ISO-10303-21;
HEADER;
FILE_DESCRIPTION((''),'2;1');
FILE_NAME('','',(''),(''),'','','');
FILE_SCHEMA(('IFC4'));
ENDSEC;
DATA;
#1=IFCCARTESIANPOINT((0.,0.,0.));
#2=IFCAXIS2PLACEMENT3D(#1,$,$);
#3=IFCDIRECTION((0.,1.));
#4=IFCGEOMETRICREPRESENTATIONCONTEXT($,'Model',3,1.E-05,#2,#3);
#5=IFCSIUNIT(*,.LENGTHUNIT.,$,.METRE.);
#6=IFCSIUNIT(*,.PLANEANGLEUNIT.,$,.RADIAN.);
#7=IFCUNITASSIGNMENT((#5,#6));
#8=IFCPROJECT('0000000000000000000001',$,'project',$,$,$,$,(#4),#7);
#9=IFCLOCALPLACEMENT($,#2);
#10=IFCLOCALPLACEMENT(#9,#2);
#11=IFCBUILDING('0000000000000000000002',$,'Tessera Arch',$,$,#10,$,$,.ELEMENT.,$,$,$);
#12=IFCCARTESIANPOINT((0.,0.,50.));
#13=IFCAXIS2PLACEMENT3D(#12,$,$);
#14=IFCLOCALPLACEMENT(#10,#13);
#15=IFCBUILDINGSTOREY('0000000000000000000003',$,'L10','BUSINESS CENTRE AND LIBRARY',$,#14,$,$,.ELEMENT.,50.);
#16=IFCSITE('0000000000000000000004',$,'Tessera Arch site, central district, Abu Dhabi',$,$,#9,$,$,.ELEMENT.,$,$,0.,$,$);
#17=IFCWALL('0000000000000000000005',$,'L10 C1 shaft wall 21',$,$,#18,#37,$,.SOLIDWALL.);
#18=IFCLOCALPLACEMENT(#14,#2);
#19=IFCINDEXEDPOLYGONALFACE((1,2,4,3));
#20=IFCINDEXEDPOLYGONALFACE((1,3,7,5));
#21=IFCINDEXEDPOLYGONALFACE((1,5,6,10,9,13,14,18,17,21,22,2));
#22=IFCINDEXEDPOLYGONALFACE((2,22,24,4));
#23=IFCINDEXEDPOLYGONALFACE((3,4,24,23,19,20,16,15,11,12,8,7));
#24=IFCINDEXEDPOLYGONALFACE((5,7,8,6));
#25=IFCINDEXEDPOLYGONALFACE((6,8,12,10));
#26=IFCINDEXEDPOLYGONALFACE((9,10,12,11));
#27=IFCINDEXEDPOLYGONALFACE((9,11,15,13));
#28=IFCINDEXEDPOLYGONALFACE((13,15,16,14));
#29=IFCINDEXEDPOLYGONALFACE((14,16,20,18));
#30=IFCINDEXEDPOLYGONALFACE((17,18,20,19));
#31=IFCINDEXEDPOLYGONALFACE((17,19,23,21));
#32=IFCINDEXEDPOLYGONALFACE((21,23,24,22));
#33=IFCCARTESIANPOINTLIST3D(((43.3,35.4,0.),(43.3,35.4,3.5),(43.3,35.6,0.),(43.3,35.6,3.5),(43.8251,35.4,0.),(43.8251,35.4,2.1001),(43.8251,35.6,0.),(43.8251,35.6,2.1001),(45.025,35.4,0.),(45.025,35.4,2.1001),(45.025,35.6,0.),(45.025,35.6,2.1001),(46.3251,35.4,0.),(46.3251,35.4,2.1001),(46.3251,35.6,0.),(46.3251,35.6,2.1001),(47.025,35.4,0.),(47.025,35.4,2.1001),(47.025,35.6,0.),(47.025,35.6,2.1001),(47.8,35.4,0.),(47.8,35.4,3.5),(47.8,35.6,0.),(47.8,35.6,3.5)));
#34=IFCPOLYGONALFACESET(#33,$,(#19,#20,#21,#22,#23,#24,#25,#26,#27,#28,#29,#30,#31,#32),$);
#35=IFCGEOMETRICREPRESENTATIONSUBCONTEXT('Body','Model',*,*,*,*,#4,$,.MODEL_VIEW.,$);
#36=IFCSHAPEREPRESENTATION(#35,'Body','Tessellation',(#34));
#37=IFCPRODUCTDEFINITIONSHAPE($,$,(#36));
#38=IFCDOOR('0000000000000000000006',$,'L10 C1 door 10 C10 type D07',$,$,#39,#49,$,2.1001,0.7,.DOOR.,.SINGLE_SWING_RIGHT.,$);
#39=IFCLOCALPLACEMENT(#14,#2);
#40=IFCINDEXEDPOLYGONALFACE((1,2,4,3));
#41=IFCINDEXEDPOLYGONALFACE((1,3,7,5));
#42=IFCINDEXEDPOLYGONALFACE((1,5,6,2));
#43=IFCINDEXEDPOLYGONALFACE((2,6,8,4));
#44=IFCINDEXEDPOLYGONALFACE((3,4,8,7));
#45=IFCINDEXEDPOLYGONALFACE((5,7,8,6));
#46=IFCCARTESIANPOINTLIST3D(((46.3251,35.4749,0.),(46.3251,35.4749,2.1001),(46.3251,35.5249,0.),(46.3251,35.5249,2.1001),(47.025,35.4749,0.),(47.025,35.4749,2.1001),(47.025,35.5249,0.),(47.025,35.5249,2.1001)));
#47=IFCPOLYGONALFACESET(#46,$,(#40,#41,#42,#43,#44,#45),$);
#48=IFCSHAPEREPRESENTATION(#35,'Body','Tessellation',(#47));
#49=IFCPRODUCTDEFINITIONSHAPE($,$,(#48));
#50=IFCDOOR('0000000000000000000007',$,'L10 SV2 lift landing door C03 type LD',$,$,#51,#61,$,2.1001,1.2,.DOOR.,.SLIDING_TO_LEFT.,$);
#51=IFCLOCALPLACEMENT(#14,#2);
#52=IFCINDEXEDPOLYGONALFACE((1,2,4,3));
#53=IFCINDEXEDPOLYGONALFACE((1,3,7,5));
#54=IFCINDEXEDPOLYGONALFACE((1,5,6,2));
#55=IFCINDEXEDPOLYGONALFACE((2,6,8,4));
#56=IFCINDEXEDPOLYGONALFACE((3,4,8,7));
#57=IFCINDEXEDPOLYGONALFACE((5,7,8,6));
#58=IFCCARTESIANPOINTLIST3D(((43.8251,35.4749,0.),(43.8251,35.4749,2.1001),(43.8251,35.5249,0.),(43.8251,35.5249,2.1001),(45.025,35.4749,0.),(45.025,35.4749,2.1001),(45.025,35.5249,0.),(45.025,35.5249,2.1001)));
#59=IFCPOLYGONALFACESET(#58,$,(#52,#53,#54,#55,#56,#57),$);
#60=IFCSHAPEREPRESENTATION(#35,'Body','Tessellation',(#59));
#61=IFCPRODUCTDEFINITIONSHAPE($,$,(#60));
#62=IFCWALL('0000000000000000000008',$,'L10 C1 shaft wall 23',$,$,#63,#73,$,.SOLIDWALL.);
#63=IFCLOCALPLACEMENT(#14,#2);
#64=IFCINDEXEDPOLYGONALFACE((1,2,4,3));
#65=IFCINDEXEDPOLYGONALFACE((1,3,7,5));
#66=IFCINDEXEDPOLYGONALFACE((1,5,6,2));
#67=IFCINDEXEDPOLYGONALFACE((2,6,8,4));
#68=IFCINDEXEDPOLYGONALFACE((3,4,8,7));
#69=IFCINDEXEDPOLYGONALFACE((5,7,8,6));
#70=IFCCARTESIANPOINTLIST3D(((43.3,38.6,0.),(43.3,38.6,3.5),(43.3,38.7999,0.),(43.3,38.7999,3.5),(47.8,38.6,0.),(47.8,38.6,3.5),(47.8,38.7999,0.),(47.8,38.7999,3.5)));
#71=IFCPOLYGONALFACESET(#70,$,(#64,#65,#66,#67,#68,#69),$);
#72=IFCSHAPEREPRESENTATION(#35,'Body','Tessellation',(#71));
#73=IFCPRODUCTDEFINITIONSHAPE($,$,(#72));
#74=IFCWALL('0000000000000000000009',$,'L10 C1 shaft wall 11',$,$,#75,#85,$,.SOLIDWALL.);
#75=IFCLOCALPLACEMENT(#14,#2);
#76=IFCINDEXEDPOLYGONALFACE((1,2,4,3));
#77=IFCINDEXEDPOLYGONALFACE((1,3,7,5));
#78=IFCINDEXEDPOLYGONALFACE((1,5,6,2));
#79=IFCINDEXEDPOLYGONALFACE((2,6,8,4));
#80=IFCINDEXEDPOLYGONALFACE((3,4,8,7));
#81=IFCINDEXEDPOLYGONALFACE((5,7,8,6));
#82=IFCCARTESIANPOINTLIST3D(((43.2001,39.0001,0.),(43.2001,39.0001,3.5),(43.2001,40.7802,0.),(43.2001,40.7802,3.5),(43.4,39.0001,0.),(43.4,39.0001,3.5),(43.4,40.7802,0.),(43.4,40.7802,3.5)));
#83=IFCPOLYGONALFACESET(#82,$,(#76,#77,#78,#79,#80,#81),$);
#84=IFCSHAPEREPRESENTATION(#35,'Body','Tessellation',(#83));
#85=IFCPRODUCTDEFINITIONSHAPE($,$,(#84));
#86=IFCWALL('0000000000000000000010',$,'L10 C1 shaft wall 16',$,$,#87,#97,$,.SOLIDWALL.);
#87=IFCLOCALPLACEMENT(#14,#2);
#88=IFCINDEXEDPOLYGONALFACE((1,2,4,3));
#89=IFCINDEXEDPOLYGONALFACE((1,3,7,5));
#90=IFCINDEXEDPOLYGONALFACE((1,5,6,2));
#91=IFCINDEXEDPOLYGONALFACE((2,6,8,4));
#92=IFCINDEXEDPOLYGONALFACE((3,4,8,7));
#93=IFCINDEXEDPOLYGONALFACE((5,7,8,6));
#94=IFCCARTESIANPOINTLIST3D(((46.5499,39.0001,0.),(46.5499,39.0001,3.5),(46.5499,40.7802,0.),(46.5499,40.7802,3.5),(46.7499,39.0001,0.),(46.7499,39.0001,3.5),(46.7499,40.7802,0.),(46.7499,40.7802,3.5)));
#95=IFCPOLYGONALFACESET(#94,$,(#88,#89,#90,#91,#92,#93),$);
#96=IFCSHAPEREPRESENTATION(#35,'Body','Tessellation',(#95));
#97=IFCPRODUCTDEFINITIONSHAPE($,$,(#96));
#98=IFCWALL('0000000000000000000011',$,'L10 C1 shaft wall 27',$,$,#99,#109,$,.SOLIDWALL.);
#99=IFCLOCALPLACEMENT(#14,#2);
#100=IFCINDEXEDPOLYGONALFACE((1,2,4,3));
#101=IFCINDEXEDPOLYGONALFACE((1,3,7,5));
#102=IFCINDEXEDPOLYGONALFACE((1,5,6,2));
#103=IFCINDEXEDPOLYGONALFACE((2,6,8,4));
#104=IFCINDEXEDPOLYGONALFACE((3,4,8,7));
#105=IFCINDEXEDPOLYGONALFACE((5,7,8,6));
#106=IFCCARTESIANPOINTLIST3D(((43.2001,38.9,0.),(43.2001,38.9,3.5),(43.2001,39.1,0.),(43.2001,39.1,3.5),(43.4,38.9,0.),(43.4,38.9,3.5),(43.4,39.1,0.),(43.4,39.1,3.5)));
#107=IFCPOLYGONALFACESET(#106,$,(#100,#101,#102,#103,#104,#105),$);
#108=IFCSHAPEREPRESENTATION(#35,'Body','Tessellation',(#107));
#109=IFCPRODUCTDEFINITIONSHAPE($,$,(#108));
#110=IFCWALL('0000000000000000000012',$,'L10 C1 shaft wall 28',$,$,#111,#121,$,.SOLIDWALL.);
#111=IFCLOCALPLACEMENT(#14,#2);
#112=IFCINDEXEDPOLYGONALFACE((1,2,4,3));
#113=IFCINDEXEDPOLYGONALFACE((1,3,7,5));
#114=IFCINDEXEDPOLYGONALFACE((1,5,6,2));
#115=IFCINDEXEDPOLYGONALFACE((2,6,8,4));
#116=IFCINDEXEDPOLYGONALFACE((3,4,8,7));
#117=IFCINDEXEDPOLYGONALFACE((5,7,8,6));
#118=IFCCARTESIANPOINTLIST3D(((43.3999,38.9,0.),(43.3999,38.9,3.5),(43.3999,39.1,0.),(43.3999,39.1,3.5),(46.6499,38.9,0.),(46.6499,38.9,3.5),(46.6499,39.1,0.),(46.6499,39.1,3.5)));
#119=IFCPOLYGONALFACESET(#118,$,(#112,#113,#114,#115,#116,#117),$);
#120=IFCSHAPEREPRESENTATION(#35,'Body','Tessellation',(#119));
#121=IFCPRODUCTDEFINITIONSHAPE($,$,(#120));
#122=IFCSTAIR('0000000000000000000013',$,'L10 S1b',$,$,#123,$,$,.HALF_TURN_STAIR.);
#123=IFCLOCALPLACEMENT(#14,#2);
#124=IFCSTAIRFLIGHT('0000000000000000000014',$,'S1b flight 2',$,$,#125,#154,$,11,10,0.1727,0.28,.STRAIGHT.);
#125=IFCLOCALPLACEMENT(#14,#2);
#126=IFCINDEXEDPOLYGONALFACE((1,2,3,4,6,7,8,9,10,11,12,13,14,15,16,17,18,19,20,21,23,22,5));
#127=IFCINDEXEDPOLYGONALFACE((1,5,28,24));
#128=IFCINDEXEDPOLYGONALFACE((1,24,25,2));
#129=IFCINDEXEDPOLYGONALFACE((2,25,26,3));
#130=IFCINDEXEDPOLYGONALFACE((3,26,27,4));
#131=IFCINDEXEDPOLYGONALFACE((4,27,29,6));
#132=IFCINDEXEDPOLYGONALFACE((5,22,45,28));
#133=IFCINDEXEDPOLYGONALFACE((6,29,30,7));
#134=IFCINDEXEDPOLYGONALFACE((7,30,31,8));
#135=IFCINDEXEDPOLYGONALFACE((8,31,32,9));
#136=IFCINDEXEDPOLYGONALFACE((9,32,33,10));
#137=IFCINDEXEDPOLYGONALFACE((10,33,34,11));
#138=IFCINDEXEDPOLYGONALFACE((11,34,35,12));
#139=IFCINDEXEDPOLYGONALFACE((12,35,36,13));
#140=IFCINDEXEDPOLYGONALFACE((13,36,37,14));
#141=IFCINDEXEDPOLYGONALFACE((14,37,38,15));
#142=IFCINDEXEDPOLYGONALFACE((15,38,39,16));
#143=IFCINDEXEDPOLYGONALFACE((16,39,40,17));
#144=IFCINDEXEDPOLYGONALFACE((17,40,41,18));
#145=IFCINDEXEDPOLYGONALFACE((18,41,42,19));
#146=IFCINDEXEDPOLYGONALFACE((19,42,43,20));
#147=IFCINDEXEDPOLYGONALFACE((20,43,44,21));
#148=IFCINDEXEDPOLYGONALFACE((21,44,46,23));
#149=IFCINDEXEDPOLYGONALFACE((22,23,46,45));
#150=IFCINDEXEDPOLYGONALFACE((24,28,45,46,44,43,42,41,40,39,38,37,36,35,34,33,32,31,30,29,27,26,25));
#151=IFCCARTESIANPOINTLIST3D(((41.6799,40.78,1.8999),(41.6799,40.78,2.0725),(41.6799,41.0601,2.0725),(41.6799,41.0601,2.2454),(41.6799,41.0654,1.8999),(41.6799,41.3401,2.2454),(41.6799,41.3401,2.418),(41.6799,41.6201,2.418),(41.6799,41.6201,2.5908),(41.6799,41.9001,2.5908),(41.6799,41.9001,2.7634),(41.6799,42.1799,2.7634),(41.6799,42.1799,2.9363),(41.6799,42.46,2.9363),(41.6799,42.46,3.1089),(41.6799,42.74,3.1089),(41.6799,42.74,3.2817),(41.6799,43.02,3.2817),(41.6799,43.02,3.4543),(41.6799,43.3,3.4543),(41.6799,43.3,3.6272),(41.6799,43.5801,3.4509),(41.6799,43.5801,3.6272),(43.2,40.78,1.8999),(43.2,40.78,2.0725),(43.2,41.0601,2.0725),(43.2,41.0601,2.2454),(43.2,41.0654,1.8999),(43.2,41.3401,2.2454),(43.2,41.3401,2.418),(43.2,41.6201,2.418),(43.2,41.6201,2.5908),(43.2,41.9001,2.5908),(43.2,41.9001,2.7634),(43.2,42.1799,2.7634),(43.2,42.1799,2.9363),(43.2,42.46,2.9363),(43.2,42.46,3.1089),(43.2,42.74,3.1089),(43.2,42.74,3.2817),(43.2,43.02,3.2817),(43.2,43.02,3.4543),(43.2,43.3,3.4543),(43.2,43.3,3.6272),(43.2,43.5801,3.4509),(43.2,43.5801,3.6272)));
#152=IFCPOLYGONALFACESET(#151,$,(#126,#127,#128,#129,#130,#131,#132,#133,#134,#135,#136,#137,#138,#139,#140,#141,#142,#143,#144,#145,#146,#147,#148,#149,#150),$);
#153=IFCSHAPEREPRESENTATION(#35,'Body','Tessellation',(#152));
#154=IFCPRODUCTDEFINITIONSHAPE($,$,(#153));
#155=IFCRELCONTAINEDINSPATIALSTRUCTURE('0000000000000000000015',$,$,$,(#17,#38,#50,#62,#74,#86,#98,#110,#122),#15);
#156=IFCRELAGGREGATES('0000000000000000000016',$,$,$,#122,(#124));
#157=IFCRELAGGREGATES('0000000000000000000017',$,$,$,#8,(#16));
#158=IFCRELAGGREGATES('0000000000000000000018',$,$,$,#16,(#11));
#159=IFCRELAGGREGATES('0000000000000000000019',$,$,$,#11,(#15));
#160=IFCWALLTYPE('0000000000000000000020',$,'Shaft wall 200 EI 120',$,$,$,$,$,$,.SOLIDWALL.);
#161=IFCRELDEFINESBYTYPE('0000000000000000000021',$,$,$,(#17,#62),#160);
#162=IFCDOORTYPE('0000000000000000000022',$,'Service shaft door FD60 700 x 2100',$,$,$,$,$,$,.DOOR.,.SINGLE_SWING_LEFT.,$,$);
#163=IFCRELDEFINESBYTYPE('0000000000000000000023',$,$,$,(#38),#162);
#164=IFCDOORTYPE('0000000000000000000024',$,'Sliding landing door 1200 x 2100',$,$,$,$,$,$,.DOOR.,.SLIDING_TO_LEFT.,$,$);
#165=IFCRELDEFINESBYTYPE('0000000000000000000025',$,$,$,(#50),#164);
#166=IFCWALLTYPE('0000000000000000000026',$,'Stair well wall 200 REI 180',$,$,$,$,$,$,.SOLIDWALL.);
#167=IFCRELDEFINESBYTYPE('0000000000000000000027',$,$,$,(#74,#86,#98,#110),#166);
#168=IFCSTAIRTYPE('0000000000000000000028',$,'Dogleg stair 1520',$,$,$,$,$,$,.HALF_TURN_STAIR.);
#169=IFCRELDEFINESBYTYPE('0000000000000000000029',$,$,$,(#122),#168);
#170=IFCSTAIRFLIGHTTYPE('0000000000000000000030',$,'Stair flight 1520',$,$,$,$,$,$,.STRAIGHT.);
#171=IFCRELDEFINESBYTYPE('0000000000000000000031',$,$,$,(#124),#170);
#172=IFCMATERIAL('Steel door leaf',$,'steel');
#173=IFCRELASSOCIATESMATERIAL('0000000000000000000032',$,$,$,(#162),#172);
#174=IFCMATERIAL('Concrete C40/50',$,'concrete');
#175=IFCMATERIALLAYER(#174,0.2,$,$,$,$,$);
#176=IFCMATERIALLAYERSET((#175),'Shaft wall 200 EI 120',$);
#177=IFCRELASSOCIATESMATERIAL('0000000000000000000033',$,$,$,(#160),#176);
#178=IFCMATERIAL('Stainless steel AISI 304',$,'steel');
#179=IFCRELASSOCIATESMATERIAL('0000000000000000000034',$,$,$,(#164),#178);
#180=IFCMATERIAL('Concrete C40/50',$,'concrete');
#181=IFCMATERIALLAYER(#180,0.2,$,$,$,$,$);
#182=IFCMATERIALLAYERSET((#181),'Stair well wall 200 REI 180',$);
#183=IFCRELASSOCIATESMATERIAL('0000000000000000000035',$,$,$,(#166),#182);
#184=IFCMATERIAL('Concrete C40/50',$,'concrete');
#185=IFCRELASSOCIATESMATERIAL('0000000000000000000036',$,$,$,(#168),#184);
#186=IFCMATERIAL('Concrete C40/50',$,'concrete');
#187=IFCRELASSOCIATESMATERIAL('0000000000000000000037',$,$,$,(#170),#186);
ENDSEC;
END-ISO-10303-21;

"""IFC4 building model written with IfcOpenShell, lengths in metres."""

from ifc_helpers import new_model, si_unit, direction, frame, frame_2d, origin, place, context, subcontext, project, spatial, polyline, rectangle, outline, extrude, material, layer, layer_set, type_object, element, fill, aggregate, save


model = new_model("IFC4")

# Units and contexts
model_context = context("Model", 3, precision=1e-05, world=origin(), true_north=direction((0.0, 1.0)))
body_context = subcontext(model_context, "Body", "Model", "MODEL_VIEW")
ifc_project = project(units=[si_unit("LENGTHUNIT", "METRE"), si_unit("PLANEANGLEUNIT", "RADIAN")], contexts=[model_context])

# Site, building, storey
site_placement = place(None, origin())
site = spatial("IfcSite", under=ifc_project, at=site_placement, Name="Tessera Arch site, central district, Abu Dhabi", CompositionType="ELEMENT", RefElevation=0.0)
building_placement = place(site_placement, origin())
building = spatial("IfcBuilding", under=site, at=building_placement, Name="Tessera Arch", CompositionType="ELEMENT")
storey_placement = place(building_placement, frame((0.0, 0.0, 50.0)))
storey = spatial("IfcBuildingStorey", under=building, at=storey_placement, Name="L10", Description="BUSINESS CENTRE AND LIBRARY", CompositionType="ELEMENT", Elevation=50.0)

# Shared definitions
ifc_material_1 = material(Name="Steel door leaf", Category="steel")
door_type_1 = type_object("IfcDoorType", Name="Service shaft door FD60 700 x 2100", OperationType="SINGLE_SWING_LEFT", PredefinedType="DOOR", material=ifc_material_1)

# Shared definitions
ifc_material_2 = material(Name="Concrete C40/50", Category="concrete")
ifc_layer_1 = layer(ifc_material_2, 0.2)
ifc_layer_set_1 = layer_set([ifc_layer_1], Name="Shaft wall 200 EI 120")
wall_type_1 = type_object("IfcWallType", Name="Shaft wall 200 EI 120", PredefinedType="SOLIDWALL", material=ifc_layer_set_1)

# Wall, openings, doors
wall_1_placement = place(storey_placement, frame((43.3, 35.5, 0.0), z_axis=(0.0, 0.0, 1.0), x_axis=(1.0, 0.0, 0.0)))
wall_1 = element("IfcWall", 1, at=wall_1_placement, inside=storey, type_object=wall_type_1, Name="L10 C1 shaft wall 21", PredefinedType="SOLIDWALL", context=body_context, shape_type="SweptSolid", body=[
    extrude(rectangle(XDim=4.5, YDim=0.2, at=frame_2d((2.25, 0.0))), origin(), (0.0, 0.0, 1.0), 3.5),
])
opening_1_placement = place(wall_1_placement, frame((0.5249, 0.0, 0.0)))
opening_1 = element("IfcOpeningElement", 2, at=opening_1_placement, cuts=wall_1, PredefinedType="OPENING", context=body_context, shape_type="SweptSolid", body=[
    extrude(rectangle(XDim=1.2, YDim=2.1001, at=frame_2d((0.6001, 1.05))), frame((0.0, 0.1099, 0.0), z_axis=(0.0, -1.0, 0.0), x_axis=(1.0, 0.0, 0.0)), (0.0, 0.0, 1.0), 0.22),
])
opening_2_placement = place(wall_1_placement, frame((3.0249, 0.0, 0.0)))
opening_2 = element("IfcOpeningElement", 3, at=opening_2_placement, cuts=wall_1, PredefinedType="OPENING", context=body_context, shape_type="SweptSolid", body=[
    extrude(rectangle(XDim=0.7, YDim=2.1001, at=frame_2d((0.3501, 1.05))), frame((0.0, 0.1099, 0.0), z_axis=(0.0, -1.0, 0.0), x_axis=(1.0, 0.0, 0.0)), (0.0, 0.0, 1.0), 0.22),
])
door_1_placement = place(opening_2_placement, origin())
door_1 = element("IfcDoor", 4, at=door_1_placement, inside=storey, type_object=door_type_1, Name="L10 C1 door 10 C10 type D07", OperationType="SINGLE_SWING_RIGHT", OverallHeight=2.1001, OverallWidth=0.7, PredefinedType="DOOR", context=body_context, shape_type="SweptSolid", body=[
    extrude(rectangle(XDim=0.7, YDim=2.1001, at=frame_2d((0.3501, 1.05))), frame((0.0, 0.0249, 0.0), z_axis=(0.0, -1.0, 0.0), x_axis=(1.0, 0.0, 0.0)), (0.0, 0.0, 1.0), 0.05),
])
fill(opening_2, door_1)
ifc_material_3 = material(Name="Stainless steel AISI 304", Category="steel")
door_type_2 = type_object("IfcDoorType", Name="Sliding landing door 1200 x 2100", OperationType="SLIDING_TO_LEFT", PredefinedType="DOOR", material=ifc_material_3)
door_2_placement = place(opening_1_placement, origin())
door_2 = element("IfcDoor", 5, at=door_2_placement, inside=storey, type_object=door_type_2, Name="L10 SV2 lift landing door C03 type LD", OperationType="SLIDING_TO_LEFT", OverallHeight=2.1001, OverallWidth=1.2, PredefinedType="DOOR", context=body_context, shape_type="SweptSolid", body=[
    extrude(rectangle(XDim=1.2, YDim=2.1001, at=frame_2d((0.6001, 1.05))), frame((0.0, 0.0249, 0.0), z_axis=(0.0, -1.0, 0.0), x_axis=(1.0, 0.0, 0.0)), (0.0, 0.0, 1.0), 0.05),
])
fill(opening_1, door_2)

# Walls
wall_2_placement = place(storey_placement, frame((43.3, 38.7, 0.0), z_axis=(0.0, 0.0, 1.0), x_axis=(1.0, 0.0, 0.0)))
element("IfcWall", 6, at=wall_2_placement, inside=storey, type_object=wall_type_1, Name="L10 C1 shaft wall 23", PredefinedType="SOLIDWALL", context=body_context, shape_type="SweptSolid", body=[
    extrude(rectangle(XDim=4.5, YDim=0.2, at=frame_2d((2.25, 0.0))), origin(), (0.0, 0.0, 1.0), 3.5),
])
ifc_material_4 = material(Name="Concrete C40/50", Category="concrete")
ifc_layer_2 = layer(ifc_material_4, 0.2)
ifc_layer_set_2 = layer_set([ifc_layer_2], Name="Stair well wall 200 REI 180")
wall_type_2 = type_object("IfcWallType", Name="Stair well wall 200 REI 180", PredefinedType="SOLIDWALL", material=ifc_layer_set_2)
for number, where, z_axis, x_axis, name in (
    (7, (43.3, 39.0, 0.0), (0.0, 0.0, 1.0), (0.0, 1.0, 0.0), "L10 C1 shaft wall 11"),
    (8, (46.6499, 39.0, 0.0), (0.0, 0.0, 1.0), (0.0, 1.0, 0.0), "L10 C1 shaft wall 16"),
):
    element("IfcWall", number, at=place(storey_placement, frame(where, z_axis=z_axis, x_axis=x_axis)), inside=storey, type_object=wall_type_2, Name=name, PredefinedType="SOLIDWALL", context=body_context, shape_type="SweptSolid", body=[
        extrude(rectangle(XDim=1.78, YDim=0.2, at=frame_2d((0.8901, 0.0))), origin(), (0.0, 0.0, 1.0), 3.5),
    ])
wall_3_placement = place(storey_placement, frame((43.2, 39.0, 0.0), z_axis=(0.0, 0.0, 1.0), x_axis=(1.0, 0.0, 0.0)))
element("IfcWall", 9, at=wall_3_placement, inside=storey, type_object=wall_type_2, Name="L10 C1 shaft wall 27", PredefinedType="SOLIDWALL", context=body_context, shape_type="SweptSolid", body=[
    extrude(rectangle(XDim=0.2, YDim=0.2, at=frame_2d((0.1001, 0.0))), origin(), (0.0, 0.0, 1.0), 3.5),
])
wall_4_placement = place(storey_placement, frame((43.3999, 39.0, 0.0), z_axis=(0.0, 0.0, 1.0), x_axis=(1.0, 0.0, 0.0)))
element("IfcWall", 10, at=wall_4_placement, inside=storey, type_object=wall_type_2, Name="L10 C1 shaft wall 28", PredefinedType="SOLIDWALL", context=body_context, shape_type="SweptSolid", body=[
    extrude(rectangle(XDim=3.25, YDim=0.2, at=frame_2d((1.625, 0.0))), origin(), (0.0, 0.0, 1.0), 3.5),
])

# Stair, stair flight
ifc_material_5 = material(Name="Concrete C40/50", Category="concrete")
stair_type = type_object("IfcStairType", Name="Dogleg stair 1520", PredefinedType="HALF_TURN_STAIR", material=ifc_material_5)
stair_placement = place(storey_placement, origin())
stair = element("IfcStair", 11, at=stair_placement, inside=storey, type_object=stair_type, Name="L10 S1b", PredefinedType="HALF_TURN_STAIR")
ifc_material_6 = material(Name="Concrete C40/50", Category="concrete")
stair_flight_type = type_object("IfcStairFlightType", Name="Stair flight 1520", PredefinedType="STRAIGHT", material=ifc_material_6)
stair_flight_placement = place(storey_placement, frame((42.4399, 40.78, 1.8999), z_axis=(0.0, 0.0, 1.0), x_axis=(0.0, 1.0, 0.0)))
stair_flight = element("IfcStairFlight", 12, at=stair_flight_placement, type_object=stair_flight_type, Name="S1b flight 2", NumberOfRisers=11, NumberOfTreads=10, PredefinedType="STRAIGHT", RiserHeight=0.1727, TreadLength=0.28, context=body_context, shape_type="SweptSolid", body=[
    extrude(outline(polyline([(0.0, 0.0), (0.0, 0.1726), (0.28, 0.1726), (0.28, 0.3455), (0.5601, 0.3455), (0.5601, 0.5181), (0.8401, 0.5181), (0.8401, 0.6909), (1.1201, 0.6909), (1.1201, 0.8635), (1.3999, 0.8635), (1.3999, 1.0364), (1.6799, 1.0364), (1.6799, 1.209), (1.96, 1.209), (1.96, 1.3818), (2.24, 1.3818), (2.24, 1.5544), (2.52, 1.5544), (2.52, 1.7273), (2.8, 1.7273), (2.8, 1.8999), (2.8, 1.551), (0.2854, 0.0), (0.0, 0.0)])), frame((0.0, 0.76, 0.0), z_axis=(0.0, -1.0, 0.0), x_axis=(1.0, 0.0, 0.0)), (0.0, 0.0, 1.0), 1.52),
])
aggregate(stair, [stair_flight])

save(model, "model.ifc")
